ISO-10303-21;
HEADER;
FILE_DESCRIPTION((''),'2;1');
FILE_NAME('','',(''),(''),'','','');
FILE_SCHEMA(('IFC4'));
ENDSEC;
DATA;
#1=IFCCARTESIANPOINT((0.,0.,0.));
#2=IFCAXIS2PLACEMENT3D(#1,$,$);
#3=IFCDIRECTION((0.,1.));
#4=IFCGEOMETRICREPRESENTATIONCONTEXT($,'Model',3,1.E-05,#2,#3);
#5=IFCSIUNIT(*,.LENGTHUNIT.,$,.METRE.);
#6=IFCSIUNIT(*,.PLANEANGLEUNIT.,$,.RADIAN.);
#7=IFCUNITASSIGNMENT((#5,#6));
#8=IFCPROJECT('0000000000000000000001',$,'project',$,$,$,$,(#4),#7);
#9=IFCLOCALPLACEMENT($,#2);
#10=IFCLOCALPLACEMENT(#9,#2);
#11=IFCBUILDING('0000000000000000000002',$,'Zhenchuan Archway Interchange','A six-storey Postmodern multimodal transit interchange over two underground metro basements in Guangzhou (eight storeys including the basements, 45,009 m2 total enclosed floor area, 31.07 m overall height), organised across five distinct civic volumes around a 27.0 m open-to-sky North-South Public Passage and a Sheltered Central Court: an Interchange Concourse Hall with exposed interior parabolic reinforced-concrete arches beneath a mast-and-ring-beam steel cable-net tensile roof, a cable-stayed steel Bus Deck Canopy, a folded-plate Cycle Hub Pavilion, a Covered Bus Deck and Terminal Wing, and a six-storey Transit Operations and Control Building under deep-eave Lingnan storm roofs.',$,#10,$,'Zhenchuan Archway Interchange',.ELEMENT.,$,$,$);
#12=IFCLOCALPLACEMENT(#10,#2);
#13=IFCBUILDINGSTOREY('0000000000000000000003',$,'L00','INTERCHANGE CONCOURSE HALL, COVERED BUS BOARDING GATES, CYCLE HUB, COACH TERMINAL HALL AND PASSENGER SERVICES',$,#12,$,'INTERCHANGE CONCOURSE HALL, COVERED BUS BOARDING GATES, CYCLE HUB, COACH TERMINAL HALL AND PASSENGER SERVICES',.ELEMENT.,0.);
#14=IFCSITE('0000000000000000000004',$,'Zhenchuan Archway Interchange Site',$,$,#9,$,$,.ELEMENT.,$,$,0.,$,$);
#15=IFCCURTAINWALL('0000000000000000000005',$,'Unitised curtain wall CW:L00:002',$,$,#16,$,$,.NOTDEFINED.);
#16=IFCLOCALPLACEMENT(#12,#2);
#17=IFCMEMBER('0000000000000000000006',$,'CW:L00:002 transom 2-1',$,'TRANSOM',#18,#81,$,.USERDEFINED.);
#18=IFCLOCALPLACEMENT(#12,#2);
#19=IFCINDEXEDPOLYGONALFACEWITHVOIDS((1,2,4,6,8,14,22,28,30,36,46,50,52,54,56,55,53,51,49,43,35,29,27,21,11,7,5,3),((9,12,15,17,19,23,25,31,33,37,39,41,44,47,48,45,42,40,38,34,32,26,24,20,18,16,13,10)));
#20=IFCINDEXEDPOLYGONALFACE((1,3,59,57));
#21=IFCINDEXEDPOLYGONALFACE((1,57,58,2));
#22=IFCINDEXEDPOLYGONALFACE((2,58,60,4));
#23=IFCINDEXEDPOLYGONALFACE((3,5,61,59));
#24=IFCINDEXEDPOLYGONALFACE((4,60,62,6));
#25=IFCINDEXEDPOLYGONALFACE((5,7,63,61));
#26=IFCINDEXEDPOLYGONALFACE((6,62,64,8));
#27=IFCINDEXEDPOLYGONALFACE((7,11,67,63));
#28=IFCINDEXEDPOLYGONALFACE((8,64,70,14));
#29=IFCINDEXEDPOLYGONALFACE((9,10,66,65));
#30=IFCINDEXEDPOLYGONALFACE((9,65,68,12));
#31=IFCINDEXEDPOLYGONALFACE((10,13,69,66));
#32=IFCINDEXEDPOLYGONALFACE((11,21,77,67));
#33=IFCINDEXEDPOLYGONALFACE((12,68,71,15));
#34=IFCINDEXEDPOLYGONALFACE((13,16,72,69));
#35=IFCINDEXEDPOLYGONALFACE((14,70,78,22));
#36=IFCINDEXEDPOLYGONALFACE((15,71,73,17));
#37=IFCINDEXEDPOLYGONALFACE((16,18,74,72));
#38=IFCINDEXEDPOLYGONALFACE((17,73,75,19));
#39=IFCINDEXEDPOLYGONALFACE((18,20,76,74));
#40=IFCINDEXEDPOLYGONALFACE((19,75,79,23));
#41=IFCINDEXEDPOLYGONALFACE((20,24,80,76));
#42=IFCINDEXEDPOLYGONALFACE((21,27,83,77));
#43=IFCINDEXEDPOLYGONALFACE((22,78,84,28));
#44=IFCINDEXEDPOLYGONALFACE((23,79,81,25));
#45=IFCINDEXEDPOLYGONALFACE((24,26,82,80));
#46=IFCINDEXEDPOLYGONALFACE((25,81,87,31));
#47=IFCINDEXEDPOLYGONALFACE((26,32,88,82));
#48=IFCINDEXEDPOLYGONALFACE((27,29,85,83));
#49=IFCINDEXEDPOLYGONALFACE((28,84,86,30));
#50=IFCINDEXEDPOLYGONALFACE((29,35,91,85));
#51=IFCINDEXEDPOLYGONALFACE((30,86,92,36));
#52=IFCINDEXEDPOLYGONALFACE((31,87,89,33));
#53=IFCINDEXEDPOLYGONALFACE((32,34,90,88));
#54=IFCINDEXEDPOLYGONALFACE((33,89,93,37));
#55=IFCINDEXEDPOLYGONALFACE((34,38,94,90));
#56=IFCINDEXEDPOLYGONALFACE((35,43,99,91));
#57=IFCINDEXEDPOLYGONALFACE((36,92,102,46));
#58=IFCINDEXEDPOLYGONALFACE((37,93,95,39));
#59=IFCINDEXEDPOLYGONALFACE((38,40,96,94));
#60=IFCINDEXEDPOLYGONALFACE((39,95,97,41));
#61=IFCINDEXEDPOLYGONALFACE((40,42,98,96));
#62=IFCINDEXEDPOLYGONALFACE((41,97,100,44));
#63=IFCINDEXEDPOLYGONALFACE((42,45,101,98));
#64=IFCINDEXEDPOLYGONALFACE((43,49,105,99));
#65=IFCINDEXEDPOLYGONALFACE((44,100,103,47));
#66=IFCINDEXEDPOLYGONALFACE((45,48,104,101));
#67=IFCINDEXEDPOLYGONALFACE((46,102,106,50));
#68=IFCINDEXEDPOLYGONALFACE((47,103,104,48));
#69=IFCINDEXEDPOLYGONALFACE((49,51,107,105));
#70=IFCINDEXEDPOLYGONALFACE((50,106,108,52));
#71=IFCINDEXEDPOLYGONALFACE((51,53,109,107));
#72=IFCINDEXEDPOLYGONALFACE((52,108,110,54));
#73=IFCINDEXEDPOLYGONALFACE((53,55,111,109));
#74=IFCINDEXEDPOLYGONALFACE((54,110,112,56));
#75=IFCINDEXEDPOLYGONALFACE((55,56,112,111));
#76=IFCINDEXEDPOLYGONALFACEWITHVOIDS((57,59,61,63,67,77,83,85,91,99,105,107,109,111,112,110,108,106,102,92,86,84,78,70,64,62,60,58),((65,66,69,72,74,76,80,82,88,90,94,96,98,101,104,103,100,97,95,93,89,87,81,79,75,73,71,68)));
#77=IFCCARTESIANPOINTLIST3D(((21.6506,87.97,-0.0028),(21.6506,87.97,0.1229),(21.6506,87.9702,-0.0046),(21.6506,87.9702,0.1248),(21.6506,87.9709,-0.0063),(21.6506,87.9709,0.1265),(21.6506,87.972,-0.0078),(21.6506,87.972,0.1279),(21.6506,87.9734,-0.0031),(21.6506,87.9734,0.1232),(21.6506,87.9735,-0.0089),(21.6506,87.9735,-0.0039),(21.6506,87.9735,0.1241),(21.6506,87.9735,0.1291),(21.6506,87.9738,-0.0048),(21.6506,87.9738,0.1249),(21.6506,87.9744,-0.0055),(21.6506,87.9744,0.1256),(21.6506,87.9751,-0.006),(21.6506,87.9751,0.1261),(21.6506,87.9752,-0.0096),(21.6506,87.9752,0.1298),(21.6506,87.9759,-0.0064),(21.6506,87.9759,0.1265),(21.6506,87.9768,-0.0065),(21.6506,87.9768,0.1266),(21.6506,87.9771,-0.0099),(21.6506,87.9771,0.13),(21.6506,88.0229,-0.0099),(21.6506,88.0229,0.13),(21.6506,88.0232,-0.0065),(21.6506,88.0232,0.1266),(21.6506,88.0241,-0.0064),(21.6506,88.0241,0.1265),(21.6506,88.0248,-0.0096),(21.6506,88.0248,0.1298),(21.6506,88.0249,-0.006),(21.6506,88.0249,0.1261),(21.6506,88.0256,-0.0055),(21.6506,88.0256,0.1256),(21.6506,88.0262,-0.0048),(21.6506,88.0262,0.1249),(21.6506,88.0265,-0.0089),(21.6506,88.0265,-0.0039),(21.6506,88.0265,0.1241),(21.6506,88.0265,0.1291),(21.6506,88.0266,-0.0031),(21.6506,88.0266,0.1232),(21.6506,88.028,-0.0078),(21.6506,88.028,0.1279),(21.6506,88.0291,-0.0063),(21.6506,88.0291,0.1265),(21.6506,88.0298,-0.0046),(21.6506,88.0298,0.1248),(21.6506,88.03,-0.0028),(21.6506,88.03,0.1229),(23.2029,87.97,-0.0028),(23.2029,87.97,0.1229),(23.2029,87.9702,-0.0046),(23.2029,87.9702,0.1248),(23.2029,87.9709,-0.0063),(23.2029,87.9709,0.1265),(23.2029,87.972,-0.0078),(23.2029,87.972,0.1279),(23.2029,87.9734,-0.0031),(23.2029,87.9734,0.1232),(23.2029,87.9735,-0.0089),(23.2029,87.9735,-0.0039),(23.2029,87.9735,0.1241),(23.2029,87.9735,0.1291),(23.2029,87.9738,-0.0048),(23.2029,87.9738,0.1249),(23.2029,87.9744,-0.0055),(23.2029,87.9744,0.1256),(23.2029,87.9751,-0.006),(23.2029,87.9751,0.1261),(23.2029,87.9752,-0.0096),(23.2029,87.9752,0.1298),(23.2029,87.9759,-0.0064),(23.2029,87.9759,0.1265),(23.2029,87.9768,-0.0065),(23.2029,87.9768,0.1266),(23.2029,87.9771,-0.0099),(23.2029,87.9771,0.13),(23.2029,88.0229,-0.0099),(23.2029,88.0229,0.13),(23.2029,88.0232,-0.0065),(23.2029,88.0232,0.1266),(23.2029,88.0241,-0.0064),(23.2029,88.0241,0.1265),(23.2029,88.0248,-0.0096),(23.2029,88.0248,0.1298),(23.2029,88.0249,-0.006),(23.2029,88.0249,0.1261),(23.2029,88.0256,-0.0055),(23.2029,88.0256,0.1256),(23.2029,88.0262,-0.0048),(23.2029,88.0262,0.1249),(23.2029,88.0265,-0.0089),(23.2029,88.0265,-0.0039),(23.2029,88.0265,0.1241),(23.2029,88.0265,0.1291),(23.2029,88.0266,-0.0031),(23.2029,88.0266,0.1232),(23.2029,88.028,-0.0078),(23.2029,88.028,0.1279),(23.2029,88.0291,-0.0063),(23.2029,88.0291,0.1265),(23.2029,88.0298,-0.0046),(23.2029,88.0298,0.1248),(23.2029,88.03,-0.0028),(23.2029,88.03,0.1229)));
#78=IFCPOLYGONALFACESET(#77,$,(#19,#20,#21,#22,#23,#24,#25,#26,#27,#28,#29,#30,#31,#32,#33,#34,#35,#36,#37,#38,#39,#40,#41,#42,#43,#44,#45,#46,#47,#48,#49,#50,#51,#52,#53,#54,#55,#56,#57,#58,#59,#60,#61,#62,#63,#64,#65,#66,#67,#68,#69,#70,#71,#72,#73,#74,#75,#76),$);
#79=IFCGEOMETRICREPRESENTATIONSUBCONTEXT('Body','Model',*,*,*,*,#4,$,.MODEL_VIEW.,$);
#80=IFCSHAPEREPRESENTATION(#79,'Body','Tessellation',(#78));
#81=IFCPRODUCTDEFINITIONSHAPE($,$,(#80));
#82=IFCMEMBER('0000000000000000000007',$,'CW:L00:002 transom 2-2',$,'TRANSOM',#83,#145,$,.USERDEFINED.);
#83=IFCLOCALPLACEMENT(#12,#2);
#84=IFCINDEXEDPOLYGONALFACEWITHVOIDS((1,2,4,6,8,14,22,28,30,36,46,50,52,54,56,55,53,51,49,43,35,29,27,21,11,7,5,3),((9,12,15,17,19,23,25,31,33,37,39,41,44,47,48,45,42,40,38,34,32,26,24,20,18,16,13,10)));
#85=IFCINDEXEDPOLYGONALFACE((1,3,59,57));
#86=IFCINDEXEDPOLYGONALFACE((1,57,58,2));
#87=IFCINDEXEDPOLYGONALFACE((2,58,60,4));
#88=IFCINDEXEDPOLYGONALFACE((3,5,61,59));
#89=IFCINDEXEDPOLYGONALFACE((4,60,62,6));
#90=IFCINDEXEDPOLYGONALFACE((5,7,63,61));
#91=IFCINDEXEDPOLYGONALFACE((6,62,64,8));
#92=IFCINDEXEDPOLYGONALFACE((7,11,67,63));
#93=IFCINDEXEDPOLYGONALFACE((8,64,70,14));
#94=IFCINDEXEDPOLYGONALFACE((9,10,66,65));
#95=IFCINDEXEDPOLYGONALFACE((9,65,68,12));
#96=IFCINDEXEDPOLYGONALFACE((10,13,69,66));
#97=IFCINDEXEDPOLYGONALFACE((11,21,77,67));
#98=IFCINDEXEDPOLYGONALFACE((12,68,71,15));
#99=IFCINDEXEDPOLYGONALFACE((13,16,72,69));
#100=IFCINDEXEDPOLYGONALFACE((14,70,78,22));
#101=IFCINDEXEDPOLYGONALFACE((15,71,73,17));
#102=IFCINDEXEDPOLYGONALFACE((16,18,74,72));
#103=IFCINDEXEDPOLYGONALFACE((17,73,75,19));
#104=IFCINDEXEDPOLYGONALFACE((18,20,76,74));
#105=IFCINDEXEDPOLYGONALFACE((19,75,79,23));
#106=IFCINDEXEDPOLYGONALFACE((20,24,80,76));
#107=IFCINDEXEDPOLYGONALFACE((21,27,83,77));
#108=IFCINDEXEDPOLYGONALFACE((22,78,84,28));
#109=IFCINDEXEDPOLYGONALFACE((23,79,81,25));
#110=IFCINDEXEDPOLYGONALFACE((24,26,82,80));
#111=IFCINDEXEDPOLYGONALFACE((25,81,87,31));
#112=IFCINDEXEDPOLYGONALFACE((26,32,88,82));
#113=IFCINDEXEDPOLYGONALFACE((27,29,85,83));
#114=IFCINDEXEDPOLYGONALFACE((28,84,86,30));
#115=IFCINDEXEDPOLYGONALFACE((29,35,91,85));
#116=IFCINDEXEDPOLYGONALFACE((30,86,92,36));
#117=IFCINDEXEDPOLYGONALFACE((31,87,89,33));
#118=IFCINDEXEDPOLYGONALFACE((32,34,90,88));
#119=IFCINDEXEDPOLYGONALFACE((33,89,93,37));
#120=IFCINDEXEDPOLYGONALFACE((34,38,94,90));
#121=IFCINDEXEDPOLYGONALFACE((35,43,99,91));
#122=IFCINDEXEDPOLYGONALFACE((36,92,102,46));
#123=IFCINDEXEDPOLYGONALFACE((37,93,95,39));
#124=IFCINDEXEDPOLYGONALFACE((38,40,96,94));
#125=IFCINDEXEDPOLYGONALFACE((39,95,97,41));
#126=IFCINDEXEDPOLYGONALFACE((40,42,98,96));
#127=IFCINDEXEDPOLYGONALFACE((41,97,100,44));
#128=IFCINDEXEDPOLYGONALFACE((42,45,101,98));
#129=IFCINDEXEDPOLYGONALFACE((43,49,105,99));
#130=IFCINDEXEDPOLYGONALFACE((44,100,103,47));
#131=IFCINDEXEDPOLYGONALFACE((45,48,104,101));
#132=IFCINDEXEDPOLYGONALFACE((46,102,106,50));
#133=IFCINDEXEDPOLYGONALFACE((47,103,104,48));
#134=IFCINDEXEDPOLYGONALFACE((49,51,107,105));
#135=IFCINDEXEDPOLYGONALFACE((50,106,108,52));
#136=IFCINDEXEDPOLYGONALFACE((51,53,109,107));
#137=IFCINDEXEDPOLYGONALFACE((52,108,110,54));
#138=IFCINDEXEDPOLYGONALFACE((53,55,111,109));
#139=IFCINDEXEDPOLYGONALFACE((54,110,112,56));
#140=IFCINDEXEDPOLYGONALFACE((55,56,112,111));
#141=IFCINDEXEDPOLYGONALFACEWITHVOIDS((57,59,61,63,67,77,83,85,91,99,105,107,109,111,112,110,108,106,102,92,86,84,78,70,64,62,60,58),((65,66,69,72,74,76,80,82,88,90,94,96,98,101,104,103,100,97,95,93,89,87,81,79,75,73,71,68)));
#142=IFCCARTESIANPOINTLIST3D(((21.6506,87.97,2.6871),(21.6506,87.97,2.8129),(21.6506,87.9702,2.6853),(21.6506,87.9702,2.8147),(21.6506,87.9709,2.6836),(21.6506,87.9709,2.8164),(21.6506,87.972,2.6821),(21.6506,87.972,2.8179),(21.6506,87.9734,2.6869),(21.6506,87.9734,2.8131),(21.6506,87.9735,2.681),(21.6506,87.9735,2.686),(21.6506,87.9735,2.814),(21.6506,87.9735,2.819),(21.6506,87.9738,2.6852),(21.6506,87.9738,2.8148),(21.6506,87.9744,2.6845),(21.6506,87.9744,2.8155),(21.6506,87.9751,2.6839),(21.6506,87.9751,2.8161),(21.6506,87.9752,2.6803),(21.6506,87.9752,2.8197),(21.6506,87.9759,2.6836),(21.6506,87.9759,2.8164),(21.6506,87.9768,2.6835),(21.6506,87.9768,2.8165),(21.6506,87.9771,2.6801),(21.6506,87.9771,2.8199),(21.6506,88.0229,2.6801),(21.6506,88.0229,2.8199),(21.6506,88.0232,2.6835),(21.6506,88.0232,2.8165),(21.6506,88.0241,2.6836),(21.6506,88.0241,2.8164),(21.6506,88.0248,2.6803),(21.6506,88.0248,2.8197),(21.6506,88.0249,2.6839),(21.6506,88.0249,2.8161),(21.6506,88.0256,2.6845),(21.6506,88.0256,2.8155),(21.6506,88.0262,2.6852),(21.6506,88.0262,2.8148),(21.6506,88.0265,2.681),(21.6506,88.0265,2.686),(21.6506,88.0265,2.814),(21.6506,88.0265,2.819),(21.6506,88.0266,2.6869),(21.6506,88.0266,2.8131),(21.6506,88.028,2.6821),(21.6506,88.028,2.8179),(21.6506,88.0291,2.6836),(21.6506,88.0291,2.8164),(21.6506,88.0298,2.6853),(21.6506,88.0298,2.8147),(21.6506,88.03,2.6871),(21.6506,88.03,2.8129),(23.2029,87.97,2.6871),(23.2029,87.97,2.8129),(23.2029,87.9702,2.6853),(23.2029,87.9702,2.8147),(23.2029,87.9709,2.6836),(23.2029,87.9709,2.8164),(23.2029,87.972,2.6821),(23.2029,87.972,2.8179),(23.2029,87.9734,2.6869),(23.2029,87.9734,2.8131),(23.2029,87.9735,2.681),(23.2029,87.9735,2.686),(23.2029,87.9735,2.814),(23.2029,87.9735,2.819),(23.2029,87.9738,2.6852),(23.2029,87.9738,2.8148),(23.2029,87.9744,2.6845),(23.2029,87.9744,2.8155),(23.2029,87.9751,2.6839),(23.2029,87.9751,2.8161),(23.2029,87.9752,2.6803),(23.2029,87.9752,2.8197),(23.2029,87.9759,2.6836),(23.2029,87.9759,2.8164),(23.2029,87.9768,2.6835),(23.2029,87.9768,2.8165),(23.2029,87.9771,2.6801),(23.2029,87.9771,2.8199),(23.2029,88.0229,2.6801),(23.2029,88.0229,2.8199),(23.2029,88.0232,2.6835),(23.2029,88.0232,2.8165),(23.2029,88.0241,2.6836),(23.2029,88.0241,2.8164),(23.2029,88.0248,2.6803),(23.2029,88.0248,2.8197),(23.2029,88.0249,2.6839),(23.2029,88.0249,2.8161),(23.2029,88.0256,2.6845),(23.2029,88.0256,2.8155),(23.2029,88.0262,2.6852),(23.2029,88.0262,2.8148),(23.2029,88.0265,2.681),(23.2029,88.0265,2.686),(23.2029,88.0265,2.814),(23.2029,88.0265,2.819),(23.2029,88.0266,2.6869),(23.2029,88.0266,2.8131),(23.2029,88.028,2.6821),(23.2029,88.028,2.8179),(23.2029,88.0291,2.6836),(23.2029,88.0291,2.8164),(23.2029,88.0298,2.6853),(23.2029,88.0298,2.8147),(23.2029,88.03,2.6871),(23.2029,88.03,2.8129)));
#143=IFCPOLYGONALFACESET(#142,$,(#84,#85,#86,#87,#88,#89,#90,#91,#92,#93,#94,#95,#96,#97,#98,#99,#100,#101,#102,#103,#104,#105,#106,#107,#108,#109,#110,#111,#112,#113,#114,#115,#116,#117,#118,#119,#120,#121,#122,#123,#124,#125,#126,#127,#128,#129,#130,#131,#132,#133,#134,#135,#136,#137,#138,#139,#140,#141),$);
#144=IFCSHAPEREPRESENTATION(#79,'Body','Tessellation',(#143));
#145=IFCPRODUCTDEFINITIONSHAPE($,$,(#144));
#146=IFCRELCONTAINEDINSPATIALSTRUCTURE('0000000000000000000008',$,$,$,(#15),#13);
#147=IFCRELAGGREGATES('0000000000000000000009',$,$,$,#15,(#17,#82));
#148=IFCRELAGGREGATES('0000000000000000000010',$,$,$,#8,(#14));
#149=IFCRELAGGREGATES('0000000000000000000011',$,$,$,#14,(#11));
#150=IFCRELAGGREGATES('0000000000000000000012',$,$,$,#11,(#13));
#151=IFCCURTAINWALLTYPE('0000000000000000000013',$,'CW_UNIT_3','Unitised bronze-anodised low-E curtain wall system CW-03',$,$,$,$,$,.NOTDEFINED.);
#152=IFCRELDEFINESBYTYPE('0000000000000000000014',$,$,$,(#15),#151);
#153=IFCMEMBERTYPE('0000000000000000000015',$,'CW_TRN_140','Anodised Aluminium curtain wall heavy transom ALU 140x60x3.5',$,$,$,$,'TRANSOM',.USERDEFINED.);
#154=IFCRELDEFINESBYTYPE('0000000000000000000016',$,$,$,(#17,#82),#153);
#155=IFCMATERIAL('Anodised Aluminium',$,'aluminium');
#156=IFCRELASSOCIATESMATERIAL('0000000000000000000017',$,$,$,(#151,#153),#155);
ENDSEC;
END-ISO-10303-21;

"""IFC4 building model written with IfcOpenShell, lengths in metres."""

from ifc_helpers import new_model, si_unit, direction, frame, origin, origin_2d, place, context, subcontext, project, spatial, hollow_rectangle, extrude, material, material_profile, profile_set, type_object, element, aggregate, save


model = new_model("IFC4")

# Units and contexts
model_context = context("Model", 3, precision=1e-05, world=origin(), true_north=direction((0.0, 1.0)))
body_context = subcontext(model_context, "Body", "Model", "MODEL_VIEW")
ifc_project = project(units=[si_unit("LENGTHUNIT", "METRE"), si_unit("PLANEANGLEUNIT", "RADIAN")], contexts=[model_context])

# Site, building, storey
site_placement = place(None, origin())
site = spatial("IfcSite", under=ifc_project, at=site_placement, Name="Zhenchuan Archway Interchange Site", CompositionType="ELEMENT", RefElevation=0.0)
building_placement = place(site_placement, origin())
building = spatial("IfcBuilding", under=site, at=building_placement, Name="Zhenchuan Archway Interchange", Description="A six-storey Postmodern multimodal transit interchange over two underground metro basements in Guangzhou (eight storeys including the basements, 45,009 m2 total enclosed floor area, 31.07 m overall height), organised across five distinct civic volumes around a 27.0 m open-to-sky North-South Public Passage and a Sheltered Central Court: an Interchange Concourse Hall with exposed interior parabolic reinforced-concrete arches beneath a mast-and-ring-beam steel cable-net tensile roof, a cable-stayed steel Bus Deck Canopy, a folded-plate Cycle Hub Pavilion, a Covered Bus Deck and Terminal Wing, and a six-storey Transit Operations and Control Building under deep-eave Lingnan storm roofs.", LongName="Zhenchuan Archway Interchange", CompositionType="ELEMENT")
storey_placement = place(building_placement, origin())
storey = spatial("IfcBuildingStorey", under=building, at=storey_placement, Name="L00", Description="INTERCHANGE CONCOURSE HALL, COVERED BUS BOARDING GATES, CYCLE HUB, COACH TERMINAL HALL AND PASSENGER SERVICES", LongName="INTERCHANGE CONCOURSE HALL, COVERED BUS BOARDING GATES, CYCLE HUB, COACH TERMINAL HALL AND PASSENGER SERVICES", CompositionType="ELEMENT", Elevation=0.0)

# Curtain wall, members
ifc_material_1 = material(Name="Anodised Aluminium", Category="aluminium")
curtain_wall_type = type_object("IfcCurtainWallType", Name="CW_UNIT_3", Description="Unitised bronze-anodised low-E curtain wall system CW-03", PredefinedType="NOTDEFINED", material=ifc_material_1)
curtain_wall_placement = place(storey_placement, origin())
curtain_wall = element("IfcCurtainWall", 1, at=curtain_wall_placement, inside=storey, type_object=curtain_wall_type, Name="Unitised curtain wall CW:L00:002", PredefinedType="NOTDEFINED")
ifc_material_profile_1 = material_profile(ifc_material_1, hollow_rectangle(XDim=0.0601, YDim=0.1399, WallThickness=0.0034, InnerFilletRadius=0.0034, OuterFilletRadius=0.0071, at=origin_2d()), Name="ALU 140x60x3.5")
ifc_profile_set_1 = profile_set([ifc_material_profile_1], Name="Anodised Aluminium")
member_type_1 = type_object("IfcMemberType", Name="CW_TRN_140", Description="Anodised Aluminium curtain wall heavy transom ALU 140x60x3.5", ElementType="TRANSOM", PredefinedType="USERDEFINED", material=ifc_profile_set_1)
member_1_placement = place(storey_placement, frame((21.6506, 88.0, 0.0601), z_axis=(1.0, 0.0, 0.0), x_axis=(0.0, 1.0, 0.0)))
member_1 = element("IfcMember", 2, at=member_1_placement, type_object=member_type_1, Name="CW:L00:002 transom 2-1", ObjectType="TRANSOM", PredefinedType="USERDEFINED", context=body_context, shape_type="SweptSolid", body=[
    extrude(hollow_rectangle(XDim=0.0601, YDim=0.1399, WallThickness=0.0034, InnerFilletRadius=0.0034, OuterFilletRadius=0.0071, at=origin_2d()), origin(), (0.0, 0.0, 1.0), 1.5522),
])
member_2_placement = place(storey_placement, frame((21.6506, 88.0, 2.75), z_axis=(1.0, 0.0, 0.0), x_axis=(0.0, 1.0, 0.0)))
member_2 = element("IfcMember", 3, at=member_2_placement, type_object=member_type_1, Name="CW:L00:002 transom 2-2", ObjectType="TRANSOM", PredefinedType="USERDEFINED", context=body_context, shape_type="SweptSolid", body=[
    extrude(hollow_rectangle(XDim=0.0601, YDim=0.1399, WallThickness=0.0034, InnerFilletRadius=0.0034, OuterFilletRadius=0.0071, at=origin_2d()), origin(), (0.0, 0.0, 1.0), 1.5522),
])
aggregate(curtain_wall, [member_1, member_2])

save(model, "model.ifc")
